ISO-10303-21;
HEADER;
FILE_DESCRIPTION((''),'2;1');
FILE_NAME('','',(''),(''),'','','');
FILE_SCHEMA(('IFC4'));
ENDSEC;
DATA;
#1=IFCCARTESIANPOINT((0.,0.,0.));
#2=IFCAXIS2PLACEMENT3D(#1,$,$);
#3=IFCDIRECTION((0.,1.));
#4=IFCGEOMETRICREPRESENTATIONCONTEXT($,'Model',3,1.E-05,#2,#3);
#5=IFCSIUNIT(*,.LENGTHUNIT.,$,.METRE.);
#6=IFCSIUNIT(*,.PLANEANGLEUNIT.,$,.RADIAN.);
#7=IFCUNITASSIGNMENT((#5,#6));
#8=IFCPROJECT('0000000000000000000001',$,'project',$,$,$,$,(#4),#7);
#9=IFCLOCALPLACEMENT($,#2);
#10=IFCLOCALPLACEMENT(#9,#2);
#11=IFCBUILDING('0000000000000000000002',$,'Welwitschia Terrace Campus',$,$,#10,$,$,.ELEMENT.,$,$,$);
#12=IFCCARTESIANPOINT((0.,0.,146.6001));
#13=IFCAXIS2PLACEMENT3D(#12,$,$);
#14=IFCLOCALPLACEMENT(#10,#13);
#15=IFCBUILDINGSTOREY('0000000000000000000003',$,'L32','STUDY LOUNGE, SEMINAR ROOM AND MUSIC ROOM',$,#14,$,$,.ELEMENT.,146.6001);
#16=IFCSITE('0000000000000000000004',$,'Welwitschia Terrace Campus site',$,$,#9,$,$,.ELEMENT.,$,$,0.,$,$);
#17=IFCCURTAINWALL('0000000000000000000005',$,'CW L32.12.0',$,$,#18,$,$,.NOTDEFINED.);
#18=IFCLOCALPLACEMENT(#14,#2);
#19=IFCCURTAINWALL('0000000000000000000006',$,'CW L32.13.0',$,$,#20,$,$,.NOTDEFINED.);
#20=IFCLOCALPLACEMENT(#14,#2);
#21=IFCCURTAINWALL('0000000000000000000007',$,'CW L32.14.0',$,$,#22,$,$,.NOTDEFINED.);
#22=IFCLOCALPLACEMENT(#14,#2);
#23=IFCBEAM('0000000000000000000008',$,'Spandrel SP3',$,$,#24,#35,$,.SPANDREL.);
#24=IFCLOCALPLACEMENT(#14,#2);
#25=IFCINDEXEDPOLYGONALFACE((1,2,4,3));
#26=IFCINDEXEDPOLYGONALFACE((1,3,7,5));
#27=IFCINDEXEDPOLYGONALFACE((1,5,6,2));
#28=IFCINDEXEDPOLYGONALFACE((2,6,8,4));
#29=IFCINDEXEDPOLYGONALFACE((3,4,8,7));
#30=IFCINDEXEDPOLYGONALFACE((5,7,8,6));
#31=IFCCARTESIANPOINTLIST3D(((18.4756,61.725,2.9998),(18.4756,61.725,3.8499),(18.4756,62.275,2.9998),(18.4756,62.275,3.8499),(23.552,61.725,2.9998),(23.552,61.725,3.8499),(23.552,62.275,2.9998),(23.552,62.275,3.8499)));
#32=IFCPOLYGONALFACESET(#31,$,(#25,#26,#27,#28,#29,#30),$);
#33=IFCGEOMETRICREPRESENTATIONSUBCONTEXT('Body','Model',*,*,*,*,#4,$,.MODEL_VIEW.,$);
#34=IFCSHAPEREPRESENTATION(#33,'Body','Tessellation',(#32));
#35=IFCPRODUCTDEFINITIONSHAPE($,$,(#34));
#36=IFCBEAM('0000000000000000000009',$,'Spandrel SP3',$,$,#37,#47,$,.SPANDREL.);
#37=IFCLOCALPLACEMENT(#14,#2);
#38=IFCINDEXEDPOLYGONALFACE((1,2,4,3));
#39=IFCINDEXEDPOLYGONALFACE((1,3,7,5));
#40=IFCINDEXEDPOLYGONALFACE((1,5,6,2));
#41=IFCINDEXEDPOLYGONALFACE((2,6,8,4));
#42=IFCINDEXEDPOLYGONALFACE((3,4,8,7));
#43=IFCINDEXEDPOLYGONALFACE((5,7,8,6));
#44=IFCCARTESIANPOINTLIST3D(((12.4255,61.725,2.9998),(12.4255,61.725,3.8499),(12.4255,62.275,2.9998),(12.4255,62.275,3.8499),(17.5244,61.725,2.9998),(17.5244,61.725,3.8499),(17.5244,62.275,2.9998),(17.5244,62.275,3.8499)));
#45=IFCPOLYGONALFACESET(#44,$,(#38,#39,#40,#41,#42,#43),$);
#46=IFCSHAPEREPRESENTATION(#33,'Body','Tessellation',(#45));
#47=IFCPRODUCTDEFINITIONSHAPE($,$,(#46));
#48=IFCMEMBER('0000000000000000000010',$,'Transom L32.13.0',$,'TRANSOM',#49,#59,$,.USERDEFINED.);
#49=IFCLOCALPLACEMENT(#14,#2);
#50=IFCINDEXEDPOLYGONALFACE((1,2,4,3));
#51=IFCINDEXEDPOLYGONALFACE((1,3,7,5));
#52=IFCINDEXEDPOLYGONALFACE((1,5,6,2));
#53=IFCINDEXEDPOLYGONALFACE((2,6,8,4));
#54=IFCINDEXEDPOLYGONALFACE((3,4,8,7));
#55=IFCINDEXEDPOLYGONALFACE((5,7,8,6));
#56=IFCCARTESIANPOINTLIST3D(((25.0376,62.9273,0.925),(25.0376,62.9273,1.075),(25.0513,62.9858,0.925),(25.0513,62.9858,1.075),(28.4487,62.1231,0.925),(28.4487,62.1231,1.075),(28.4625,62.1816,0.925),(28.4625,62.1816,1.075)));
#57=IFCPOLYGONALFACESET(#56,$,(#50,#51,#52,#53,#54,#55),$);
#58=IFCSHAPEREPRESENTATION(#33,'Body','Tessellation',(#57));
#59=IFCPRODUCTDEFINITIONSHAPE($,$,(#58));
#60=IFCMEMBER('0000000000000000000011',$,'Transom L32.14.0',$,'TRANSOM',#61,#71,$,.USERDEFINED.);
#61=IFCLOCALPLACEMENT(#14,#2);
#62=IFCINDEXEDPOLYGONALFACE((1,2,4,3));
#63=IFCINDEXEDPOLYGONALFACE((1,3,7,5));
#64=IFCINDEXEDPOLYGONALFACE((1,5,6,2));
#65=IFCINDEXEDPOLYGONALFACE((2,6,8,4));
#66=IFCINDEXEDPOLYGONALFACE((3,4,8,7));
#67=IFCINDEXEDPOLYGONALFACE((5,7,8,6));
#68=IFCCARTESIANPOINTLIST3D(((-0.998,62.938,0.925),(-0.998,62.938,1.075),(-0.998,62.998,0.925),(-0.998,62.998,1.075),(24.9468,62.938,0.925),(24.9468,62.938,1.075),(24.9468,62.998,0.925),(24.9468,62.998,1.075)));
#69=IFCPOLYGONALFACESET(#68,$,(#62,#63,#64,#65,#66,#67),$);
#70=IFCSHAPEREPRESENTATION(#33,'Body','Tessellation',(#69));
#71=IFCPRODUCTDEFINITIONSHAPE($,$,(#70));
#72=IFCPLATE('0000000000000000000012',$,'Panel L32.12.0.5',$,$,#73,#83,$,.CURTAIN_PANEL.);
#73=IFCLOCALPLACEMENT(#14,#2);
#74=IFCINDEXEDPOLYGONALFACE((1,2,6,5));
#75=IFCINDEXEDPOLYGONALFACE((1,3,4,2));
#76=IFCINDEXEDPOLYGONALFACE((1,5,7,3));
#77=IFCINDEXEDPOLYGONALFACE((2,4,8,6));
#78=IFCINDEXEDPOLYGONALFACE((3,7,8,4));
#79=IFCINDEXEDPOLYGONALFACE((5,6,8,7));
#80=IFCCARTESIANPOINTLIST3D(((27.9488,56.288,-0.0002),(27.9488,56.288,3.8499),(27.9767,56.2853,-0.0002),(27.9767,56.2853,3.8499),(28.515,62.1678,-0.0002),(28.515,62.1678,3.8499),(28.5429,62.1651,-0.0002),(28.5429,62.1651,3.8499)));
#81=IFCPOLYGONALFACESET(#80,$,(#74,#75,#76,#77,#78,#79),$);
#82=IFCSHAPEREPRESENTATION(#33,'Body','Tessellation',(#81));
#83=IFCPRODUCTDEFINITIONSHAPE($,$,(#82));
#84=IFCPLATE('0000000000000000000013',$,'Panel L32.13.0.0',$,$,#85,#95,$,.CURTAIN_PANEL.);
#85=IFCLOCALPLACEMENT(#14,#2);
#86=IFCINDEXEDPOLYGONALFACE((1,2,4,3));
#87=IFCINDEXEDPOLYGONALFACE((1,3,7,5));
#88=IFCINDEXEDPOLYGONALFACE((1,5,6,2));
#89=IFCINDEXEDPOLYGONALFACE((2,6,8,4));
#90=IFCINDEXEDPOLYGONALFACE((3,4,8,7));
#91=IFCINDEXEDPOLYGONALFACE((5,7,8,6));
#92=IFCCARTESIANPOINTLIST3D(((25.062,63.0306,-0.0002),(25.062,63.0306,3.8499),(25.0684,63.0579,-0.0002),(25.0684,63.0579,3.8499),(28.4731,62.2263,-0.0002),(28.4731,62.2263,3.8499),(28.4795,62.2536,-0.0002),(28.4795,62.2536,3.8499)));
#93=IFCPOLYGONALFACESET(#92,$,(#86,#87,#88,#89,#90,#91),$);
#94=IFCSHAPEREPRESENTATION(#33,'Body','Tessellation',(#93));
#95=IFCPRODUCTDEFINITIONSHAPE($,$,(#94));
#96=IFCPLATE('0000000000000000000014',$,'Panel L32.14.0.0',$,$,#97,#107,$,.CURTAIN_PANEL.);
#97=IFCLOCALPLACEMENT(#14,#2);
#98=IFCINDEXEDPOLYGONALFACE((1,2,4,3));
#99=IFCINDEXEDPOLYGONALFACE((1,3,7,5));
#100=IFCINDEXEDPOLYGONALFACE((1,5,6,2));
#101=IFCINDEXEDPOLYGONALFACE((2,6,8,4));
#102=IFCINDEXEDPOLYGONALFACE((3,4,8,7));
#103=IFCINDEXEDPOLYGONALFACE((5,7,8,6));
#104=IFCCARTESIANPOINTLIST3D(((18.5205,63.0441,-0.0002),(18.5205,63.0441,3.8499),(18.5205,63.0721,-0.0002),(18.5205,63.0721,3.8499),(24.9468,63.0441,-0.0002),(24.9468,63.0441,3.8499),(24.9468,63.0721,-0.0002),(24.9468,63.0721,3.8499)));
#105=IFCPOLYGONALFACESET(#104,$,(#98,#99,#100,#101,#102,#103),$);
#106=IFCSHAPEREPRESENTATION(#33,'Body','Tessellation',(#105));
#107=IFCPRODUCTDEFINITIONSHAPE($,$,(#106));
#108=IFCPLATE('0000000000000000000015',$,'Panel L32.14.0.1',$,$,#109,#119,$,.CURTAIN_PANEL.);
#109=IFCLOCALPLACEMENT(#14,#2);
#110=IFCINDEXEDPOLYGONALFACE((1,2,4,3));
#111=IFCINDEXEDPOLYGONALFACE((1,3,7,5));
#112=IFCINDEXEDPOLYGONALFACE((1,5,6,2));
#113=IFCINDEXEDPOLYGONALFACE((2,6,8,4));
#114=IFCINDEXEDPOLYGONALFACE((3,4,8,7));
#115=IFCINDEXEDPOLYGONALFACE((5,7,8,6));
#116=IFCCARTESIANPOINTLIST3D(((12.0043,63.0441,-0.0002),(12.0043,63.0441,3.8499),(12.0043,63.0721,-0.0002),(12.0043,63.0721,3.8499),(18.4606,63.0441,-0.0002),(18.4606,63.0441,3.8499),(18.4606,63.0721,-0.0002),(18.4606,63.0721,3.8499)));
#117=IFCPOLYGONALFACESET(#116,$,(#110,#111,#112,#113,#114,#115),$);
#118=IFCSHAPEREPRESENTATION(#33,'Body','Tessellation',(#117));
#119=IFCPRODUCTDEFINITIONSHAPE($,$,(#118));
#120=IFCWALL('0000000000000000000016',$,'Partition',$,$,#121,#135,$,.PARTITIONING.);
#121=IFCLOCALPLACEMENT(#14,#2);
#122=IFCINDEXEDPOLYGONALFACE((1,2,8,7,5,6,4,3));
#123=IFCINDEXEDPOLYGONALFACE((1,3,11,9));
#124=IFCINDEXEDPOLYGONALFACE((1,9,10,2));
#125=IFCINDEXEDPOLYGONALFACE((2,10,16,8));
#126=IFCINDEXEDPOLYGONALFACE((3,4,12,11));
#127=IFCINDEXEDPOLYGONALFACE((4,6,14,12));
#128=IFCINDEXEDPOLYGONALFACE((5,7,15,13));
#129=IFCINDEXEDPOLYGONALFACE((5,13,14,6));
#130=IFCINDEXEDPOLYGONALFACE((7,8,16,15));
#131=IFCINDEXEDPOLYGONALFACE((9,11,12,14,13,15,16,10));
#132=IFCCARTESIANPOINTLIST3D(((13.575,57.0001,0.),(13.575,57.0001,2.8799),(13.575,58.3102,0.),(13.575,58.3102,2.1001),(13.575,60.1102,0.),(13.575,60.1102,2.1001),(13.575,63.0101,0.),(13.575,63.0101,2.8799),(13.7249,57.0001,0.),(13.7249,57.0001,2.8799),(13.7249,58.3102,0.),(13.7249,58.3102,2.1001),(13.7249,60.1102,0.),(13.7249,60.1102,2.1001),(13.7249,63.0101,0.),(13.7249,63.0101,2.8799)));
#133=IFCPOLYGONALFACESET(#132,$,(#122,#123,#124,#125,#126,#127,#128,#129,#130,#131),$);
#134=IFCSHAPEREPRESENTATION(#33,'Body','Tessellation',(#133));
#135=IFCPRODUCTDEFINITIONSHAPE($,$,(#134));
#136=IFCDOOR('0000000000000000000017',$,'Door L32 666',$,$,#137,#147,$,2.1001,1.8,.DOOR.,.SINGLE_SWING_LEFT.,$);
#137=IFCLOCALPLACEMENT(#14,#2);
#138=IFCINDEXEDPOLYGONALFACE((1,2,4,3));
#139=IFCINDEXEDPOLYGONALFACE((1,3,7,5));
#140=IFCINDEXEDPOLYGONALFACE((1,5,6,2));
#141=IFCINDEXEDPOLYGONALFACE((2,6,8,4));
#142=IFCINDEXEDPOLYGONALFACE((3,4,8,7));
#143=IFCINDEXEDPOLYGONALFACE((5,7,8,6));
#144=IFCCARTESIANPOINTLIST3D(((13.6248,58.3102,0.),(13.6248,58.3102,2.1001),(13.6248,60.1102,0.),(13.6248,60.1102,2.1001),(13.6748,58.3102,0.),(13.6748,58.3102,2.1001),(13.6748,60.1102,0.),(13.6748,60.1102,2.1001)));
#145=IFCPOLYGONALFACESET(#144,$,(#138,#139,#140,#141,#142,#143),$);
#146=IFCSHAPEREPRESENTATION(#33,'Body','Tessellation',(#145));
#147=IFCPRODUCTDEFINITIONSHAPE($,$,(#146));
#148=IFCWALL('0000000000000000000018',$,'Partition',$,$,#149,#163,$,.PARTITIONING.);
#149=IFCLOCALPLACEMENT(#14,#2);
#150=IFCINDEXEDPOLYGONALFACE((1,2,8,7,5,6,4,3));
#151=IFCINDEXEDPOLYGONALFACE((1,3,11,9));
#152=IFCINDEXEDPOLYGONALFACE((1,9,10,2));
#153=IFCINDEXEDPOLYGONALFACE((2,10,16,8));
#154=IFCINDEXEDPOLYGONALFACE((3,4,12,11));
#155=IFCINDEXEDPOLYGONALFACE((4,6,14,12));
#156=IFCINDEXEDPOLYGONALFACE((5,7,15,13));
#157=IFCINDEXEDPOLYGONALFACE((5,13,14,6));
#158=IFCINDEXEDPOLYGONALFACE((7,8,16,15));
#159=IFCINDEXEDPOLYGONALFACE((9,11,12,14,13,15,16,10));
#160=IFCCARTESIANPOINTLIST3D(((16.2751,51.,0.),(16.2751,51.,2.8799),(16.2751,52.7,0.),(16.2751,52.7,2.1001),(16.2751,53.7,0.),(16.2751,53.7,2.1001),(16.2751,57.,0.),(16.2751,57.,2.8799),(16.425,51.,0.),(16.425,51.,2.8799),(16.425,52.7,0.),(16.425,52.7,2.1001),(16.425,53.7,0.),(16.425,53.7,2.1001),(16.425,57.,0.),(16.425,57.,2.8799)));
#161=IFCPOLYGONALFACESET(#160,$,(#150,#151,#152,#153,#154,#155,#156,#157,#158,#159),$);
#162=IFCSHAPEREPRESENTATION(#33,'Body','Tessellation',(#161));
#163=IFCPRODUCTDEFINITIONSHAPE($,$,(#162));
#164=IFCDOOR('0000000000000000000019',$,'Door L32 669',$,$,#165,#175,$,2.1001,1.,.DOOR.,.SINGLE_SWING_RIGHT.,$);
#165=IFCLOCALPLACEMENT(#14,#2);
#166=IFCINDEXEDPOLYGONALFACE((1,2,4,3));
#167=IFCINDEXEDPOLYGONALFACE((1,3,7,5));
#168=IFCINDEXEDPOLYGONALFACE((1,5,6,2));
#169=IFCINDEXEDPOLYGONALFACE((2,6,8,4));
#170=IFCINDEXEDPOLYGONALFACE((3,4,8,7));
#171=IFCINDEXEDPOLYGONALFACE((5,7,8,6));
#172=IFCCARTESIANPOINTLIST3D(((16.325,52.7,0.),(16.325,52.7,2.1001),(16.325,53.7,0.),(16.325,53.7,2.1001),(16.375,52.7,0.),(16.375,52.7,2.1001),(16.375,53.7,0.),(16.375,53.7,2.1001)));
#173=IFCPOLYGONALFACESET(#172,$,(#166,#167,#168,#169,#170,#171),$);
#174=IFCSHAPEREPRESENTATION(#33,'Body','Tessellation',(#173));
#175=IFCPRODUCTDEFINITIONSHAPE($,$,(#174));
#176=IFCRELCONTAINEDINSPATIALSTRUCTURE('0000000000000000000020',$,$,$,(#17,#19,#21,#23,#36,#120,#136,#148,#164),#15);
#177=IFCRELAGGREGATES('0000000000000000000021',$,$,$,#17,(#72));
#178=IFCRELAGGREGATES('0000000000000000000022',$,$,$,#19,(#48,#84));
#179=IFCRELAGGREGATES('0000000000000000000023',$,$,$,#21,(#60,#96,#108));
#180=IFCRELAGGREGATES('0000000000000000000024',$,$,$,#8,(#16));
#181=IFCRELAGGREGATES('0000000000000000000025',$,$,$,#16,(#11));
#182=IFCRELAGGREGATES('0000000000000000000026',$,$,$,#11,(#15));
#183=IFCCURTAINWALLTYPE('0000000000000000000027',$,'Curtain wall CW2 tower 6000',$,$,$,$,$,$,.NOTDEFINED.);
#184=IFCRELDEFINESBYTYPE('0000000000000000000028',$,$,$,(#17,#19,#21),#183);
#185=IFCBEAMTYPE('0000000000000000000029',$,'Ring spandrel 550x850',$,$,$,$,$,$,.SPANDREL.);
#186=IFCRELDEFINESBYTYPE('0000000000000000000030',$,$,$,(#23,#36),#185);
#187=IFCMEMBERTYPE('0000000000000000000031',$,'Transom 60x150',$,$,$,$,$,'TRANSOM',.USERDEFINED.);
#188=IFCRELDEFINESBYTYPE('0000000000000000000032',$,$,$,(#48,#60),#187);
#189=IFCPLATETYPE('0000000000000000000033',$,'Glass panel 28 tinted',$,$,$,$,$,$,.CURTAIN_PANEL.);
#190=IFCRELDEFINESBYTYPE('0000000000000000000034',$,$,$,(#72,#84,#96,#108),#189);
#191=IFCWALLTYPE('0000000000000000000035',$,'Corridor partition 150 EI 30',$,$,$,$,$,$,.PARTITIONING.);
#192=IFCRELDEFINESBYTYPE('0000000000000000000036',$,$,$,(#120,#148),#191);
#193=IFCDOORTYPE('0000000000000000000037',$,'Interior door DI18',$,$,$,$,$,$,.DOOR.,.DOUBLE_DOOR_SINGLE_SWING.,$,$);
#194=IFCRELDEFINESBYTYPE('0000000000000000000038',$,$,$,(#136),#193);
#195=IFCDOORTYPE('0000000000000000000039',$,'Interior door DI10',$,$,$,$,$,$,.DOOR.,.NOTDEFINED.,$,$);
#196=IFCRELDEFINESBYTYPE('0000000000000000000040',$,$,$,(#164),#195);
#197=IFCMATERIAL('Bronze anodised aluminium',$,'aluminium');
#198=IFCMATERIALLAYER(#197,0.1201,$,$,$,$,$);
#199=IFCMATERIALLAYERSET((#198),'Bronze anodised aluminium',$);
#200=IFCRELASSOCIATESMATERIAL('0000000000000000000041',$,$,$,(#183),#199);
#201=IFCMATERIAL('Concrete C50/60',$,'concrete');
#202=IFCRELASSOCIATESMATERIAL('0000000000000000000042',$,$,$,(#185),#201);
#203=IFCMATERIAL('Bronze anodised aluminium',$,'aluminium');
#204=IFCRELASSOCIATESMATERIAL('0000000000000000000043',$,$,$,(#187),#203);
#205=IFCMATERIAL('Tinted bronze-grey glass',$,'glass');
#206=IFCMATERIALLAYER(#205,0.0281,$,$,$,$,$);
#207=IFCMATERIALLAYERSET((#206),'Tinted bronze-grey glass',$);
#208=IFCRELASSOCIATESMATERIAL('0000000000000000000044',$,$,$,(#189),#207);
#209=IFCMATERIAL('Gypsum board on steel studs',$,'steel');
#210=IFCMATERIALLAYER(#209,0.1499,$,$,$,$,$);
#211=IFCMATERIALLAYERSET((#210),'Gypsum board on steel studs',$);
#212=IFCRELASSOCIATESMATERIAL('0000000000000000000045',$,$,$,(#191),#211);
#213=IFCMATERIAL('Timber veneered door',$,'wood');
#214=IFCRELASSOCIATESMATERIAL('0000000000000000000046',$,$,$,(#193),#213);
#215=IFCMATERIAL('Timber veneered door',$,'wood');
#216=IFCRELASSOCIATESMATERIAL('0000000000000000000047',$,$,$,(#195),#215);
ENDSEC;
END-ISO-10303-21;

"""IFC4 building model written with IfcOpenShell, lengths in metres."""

from ifc_helpers import new_model, si_unit, direction, frame, frame_2d, origin, origin_2d, place, context, subcontext, project, spatial, rectangle, extrude, material, layer, layer_set, material_profile, profile_set, type_object, element, fill, aggregate, save


model = new_model("IFC4")

# Units and contexts
model_context = context("Model", 3, precision=1e-05, world=origin(), true_north=direction((0.0, 1.0)))
body_context = subcontext(model_context, "Body", "Model", "MODEL_VIEW")
ifc_project = project(units=[si_unit("LENGTHUNIT", "METRE"), si_unit("PLANEANGLEUNIT", "RADIAN")], contexts=[model_context])

# Site, building, storey
site_placement = place(None, origin())
site = spatial("IfcSite", under=ifc_project, at=site_placement, Name="Welwitschia Terrace Campus site", CompositionType="ELEMENT", RefElevation=0.0)
building_placement = place(site_placement, origin())
building = spatial("IfcBuilding", under=site, at=building_placement, Name="Welwitschia Terrace Campus", CompositionType="ELEMENT")
storey_placement = place(building_placement, frame((0.0, 0.0, 146.6001)))
storey = spatial("IfcBuildingStorey", under=building, at=storey_placement, Name="L32", Description="STUDY LOUNGE, SEMINAR ROOM AND MUSIC ROOM", CompositionType="ELEMENT", Elevation=146.6001)

# Curtain wall
ifc_material_1 = material(Name="Bronze anodised aluminium", Category="aluminium")
ifc_layer_1 = layer(ifc_material_1, 0.1201)
ifc_layer_set_1 = layer_set([ifc_layer_1], Name="Bronze anodised aluminium")
curtain_wall_type = type_object("IfcCurtainWallType", Name="Curtain wall CW2 tower 6000", PredefinedType="NOTDEFINED", material=ifc_layer_set_1)
curtain_wall_1_placement = place(storey_placement, origin())
curtain_wall_1 = element("IfcCurtainWall", 1, at=curtain_wall_1_placement, inside=storey, type_object=curtain_wall_type, Name="CW L32.12.0", PredefinedType="NOTDEFINED")

# Curtain walls
curtain_wall_2_placement = place(storey_placement, origin())
curtain_wall_2 = element("IfcCurtainWall", 2, at=curtain_wall_2_placement, inside=storey, type_object=curtain_wall_type, Name="CW L32.13.0", PredefinedType="NOTDEFINED")
curtain_wall_3_placement = place(storey_placement, origin())
curtain_wall_3 = element("IfcCurtainWall", 3, at=curtain_wall_3_placement, inside=storey, type_object=curtain_wall_type, Name="CW L32.14.0", PredefinedType="NOTDEFINED")

# Beams
ifc_material_2 = material(Name="Concrete C50/60", Category="concrete")
ifc_material_profile_1 = material_profile(ifc_material_2, rectangle(XDim=0.55, YDim=0.8501, at=origin_2d()))
ifc_profile_set_1 = profile_set([ifc_material_profile_1], Name="Concrete C50/60")
beam_type_1 = type_object("IfcBeamType", Name="Ring spandrel 550x850", PredefinedType="SPANDREL", material=ifc_profile_set_1)
for number, where, z_axis, x_axis, name in (
    (4, (23.552, 62.0, 3.4248), (-1.0, 0.0, 0.0), (0.0, -1.0, 0.0), "Spandrel SP3"),
):
    element("IfcBeam", number, at=place(storey_placement, frame(where, z_axis=z_axis, x_axis=x_axis)), inside=storey, type_object=beam_type_1, Name=name, PredefinedType="SPANDREL", context=body_context, shape_type="SweptSolid", body=[
        extrude(rectangle(XDim=0.55, YDim=0.8501, at=origin_2d()), origin(), (0.0, 0.0, 1.0), 5.0764),
    ])
beam_1_placement = place(storey_placement, frame((17.5244, 62.0, 3.4248), z_axis=(-1.0, 0.0, 0.0), x_axis=(0.0, -1.0, 0.0)))
element("IfcBeam", 5, at=beam_1_placement, inside=storey, type_object=beam_type_1, Name="Spandrel SP3", PredefinedType="SPANDREL", context=body_context, shape_type="SweptSolid", body=[
    extrude(rectangle(XDim=0.55, YDim=0.8501, at=origin_2d()), origin(), (0.0, 0.0, 1.0), 5.0989),
])

# Members
ifc_material_3 = material(Name="Bronze anodised aluminium", Category="aluminium")
ifc_material_profile_2 = material_profile(ifc_material_3, rectangle(XDim=0.0601, YDim=0.1499, at=origin_2d()))
ifc_profile_set_2 = profile_set([ifc_material_profile_2], Name="Bronze anodised aluminium")
member_type_1 = type_object("IfcMemberType", Name="Transom 60x150", ElementType="TRANSOM", PredefinedType="USERDEFINED", material=ifc_profile_set_2)
member_1_placement = place(storey_placement, frame((28.4556, 62.1523, 1.0), z_axis=(-0.973317, 0.229466, 0.0), x_axis=(-0.229466, -0.973317, 0.0)))
member_1 = element("IfcMember", 6, at=member_1_placement, type_object=member_type_1, Name="Transom L32.13.0", ObjectType="TRANSOM", PredefinedType="USERDEFINED", context=body_context, shape_type="SweptSolid", body=[
    extrude(rectangle(XDim=0.0601, YDim=0.1499, at=origin_2d()), origin(), (0.0, 0.0, 1.0), 3.5046),
])
member_2_placement = place(storey_placement, frame((24.9468, 62.968, 1.0), z_axis=(-1.0, 0.0, 0.0), x_axis=(0.0, -1.0, 0.0)))
member_2 = element("IfcMember", 7, at=member_2_placement, type_object=member_type_1, Name="Transom L32.14.0", ObjectType="TRANSOM", PredefinedType="USERDEFINED", context=body_context, shape_type="SweptSolid", body=[
    extrude(rectangle(XDim=0.0601, YDim=0.1499, at=origin_2d()), origin(), (0.0, 0.0, 1.0), 25.9448),
])

# Plates
ifc_material_4 = material(Name="Tinted bronze-grey glass", Category="glass")
ifc_layer_2 = layer(ifc_material_4, 0.0281)
ifc_layer_set_2 = layer_set([ifc_layer_2], Name="Tinted bronze-grey glass")
plate_type = type_object("IfcPlateType", Name="Glass panel 28 tinted", PredefinedType="CURTAIN_PANEL", material=ifc_layer_set_2)
plate_1_placement = place(storey_placement, frame((28.2458, 59.2266, -0.0002), z_axis=(0.0, 0.0, 1.0), x_axis=(0.095846, 0.995396, 0.0)))
plate_1 = element("IfcPlate", 8, at=plate_1_placement, type_object=plate_type, Name="Panel L32.12.0.5", PredefinedType="CURTAIN_PANEL", context=body_context, shape_type="SweptSolid", body=[
    extrude(rectangle(XDim=5.907, YDim=0.0281, at=origin_2d()), origin(), (0.0, 0.0, 1.0), 3.8501),
])
aggregate(curtain_wall_1, [plate_1])
plate_2_placement = place(storey_placement, frame((26.7708, 62.6421, -0.0002), z_axis=(0.0, 0.0, 1.0), x_axis=(-0.973309, 0.229499, 0.0)))
plate_2 = element("IfcPlate", 9, at=plate_2_placement, type_object=plate_type, Name="Panel L32.13.0.0", PredefinedType="CURTAIN_PANEL", context=body_context, shape_type="SweptSolid", body=[
    extrude(rectangle(XDim=3.5046, YDim=0.0281, at=origin_2d()), origin(), (0.0, 0.0, 1.0), 3.8501),
])
aggregate(curtain_wall_2, [member_1, plate_2])
plate_3_placement = place(storey_placement, frame((21.7336, 63.0581, -0.0002), z_axis=(0.0, 0.0, 1.0), x_axis=(-1.0, 0.0, 0.0)))
plate_3 = element("IfcPlate", 10, at=plate_3_placement, type_object=plate_type, Name="Panel L32.14.0.0", PredefinedType="CURTAIN_PANEL", context=body_context, shape_type="SweptSolid", body=[
    extrude(rectangle(XDim=6.4263, YDim=0.0281, at=origin_2d()), origin(), (0.0, 0.0, 1.0), 3.8501),
])
plate_4_placement = place(storey_placement, frame((15.2324, 63.0581, -0.0002), z_axis=(0.0, 0.0, 1.0), x_axis=(-1.0, 0.0, 0.0)))
plate_4 = element("IfcPlate", 11, at=plate_4_placement, type_object=plate_type, Name="Panel L32.14.0.1", PredefinedType="CURTAIN_PANEL", context=body_context, shape_type="SweptSolid", body=[
    extrude(rectangle(XDim=6.4563, YDim=0.0281, at=origin_2d()), origin(), (0.0, 0.0, 1.0), 3.8501),
])
aggregate(curtain_wall_3, [member_2, plate_3, plate_4])

# Walls, openings, doors
ifc_material_5 = material(Name="Gypsum board on steel studs", Category="steel")
ifc_layer_3 = layer(ifc_material_5, 0.1499)
ifc_layer_set_3 = layer_set([ifc_layer_3], Name="Gypsum board on steel studs")
wall_type = type_object("IfcWallType", Name="Corridor partition 150 EI 30", PredefinedType="PARTITIONING", material=ifc_layer_set_3)
wall_1_placement = place(storey_placement, frame((13.6499, 63.01, 0.0), z_axis=(0.0, 0.0, 1.0), x_axis=(0.0, -1.0, 0.0)))
wall_1 = element("IfcWall", 12, at=wall_1_placement, inside=storey, type_object=wall_type, Name="Partition", PredefinedType="PARTITIONING", context=body_context, shape_type="SweptSolid", body=[
    extrude(rectangle(XDim=6.01, YDim=0.1499, at=frame_2d((3.0049, 0.0))), origin(), (0.0, 0.0, 1.0), 2.8799),
])
opening_1_placement = place(wall_1_placement, frame((2.8999, 0.0, 0.0)))
opening_1 = element("IfcOpeningElement", 13, at=opening_1_placement, cuts=wall_1, PredefinedType="OPENING", context=body_context, shape_type="SweptSolid", body=[
    extrude(rectangle(XDim=1.8, YDim=2.1001, at=frame_2d((0.8999, 1.05))), frame((0.0, 0.085, 0.0), z_axis=(0.0, -1.0, 0.0), x_axis=(1.0, 0.0, 0.0)), (0.0, 0.0, 1.0), 0.1699),
])
ifc_material_6 = material(Name="Timber veneered door", Category="wood")
door_type_1 = type_object("IfcDoorType", Name="Interior door DI18", OperationType="DOUBLE_DOOR_SINGLE_SWING", PredefinedType="DOOR", material=ifc_material_6)
door_1_placement = place(opening_1_placement, origin())
door_1 = element("IfcDoor", 14, at=door_1_placement, inside=storey, type_object=door_type_1, Name="Door L32 666", OperationType="SINGLE_SWING_LEFT", OverallHeight=2.1001, OverallWidth=1.8, PredefinedType="DOOR", context=body_context, shape_type="SweptSolid", body=[
    extrude(rectangle(XDim=1.8, YDim=2.1001, at=frame_2d((0.8999, 1.05))), frame((0.0, 0.0249, 0.0), z_axis=(0.0, -1.0, 0.0), x_axis=(1.0, 0.0, 0.0)), (0.0, 0.0, 1.0), 0.05),
])
fill(opening_1, door_1)
wall_2_placement = place(storey_placement, frame((16.3501, 57.0, 0.0), z_axis=(0.0, 0.0, 1.0), x_axis=(0.0, -1.0, 0.0)))
wall_2 = element("IfcWall", 15, at=wall_2_placement, inside=storey, type_object=wall_type, Name="Partition", PredefinedType="PARTITIONING", context=body_context, shape_type="SweptSolid", body=[
    extrude(rectangle(XDim=6.0, YDim=0.1499, at=frame_2d((3.0, 0.0))), origin(), (0.0, 0.0, 1.0), 2.8799),
])
opening_2_placement = place(wall_2_placement, frame((3.3, 0.0, 0.0)))
opening_2 = element("IfcOpeningElement", 16, at=opening_2_placement, cuts=wall_2, PredefinedType="OPENING", context=body_context, shape_type="SweptSolid", body=[
    extrude(rectangle(XDim=1.0, YDim=2.1001, at=frame_2d((0.5, 1.05))), frame((0.0, 0.085, 0.0), z_axis=(0.0, -1.0, 0.0), x_axis=(1.0, 0.0, 0.0)), (0.0, 0.0, 1.0), 0.1699),
])
ifc_material_7 = material(Name="Timber veneered door", Category="wood")
door_type_2 = type_object("IfcDoorType", Name="Interior door DI10", OperationType="NOTDEFINED", PredefinedType="DOOR", material=ifc_material_7)
door_2_placement = place(opening_2_placement, origin())
door_2 = element("IfcDoor", 17, at=door_2_placement, inside=storey, type_object=door_type_2, Name="Door L32 669", OperationType="SINGLE_SWING_RIGHT", OverallHeight=2.1001, OverallWidth=1.0, PredefinedType="DOOR", context=body_context, shape_type="SweptSolid", body=[
    extrude(rectangle(XDim=1.0, YDim=2.1001, at=frame_2d((0.5, 1.05))), frame((0.0, 0.0249, 0.0), z_axis=(0.0, -1.0, 0.0), x_axis=(1.0, 0.0, 0.0)), (0.0, 0.0, 1.0), 0.05),
])
fill(opening_2, door_2)

save(model, "model.ifc")
